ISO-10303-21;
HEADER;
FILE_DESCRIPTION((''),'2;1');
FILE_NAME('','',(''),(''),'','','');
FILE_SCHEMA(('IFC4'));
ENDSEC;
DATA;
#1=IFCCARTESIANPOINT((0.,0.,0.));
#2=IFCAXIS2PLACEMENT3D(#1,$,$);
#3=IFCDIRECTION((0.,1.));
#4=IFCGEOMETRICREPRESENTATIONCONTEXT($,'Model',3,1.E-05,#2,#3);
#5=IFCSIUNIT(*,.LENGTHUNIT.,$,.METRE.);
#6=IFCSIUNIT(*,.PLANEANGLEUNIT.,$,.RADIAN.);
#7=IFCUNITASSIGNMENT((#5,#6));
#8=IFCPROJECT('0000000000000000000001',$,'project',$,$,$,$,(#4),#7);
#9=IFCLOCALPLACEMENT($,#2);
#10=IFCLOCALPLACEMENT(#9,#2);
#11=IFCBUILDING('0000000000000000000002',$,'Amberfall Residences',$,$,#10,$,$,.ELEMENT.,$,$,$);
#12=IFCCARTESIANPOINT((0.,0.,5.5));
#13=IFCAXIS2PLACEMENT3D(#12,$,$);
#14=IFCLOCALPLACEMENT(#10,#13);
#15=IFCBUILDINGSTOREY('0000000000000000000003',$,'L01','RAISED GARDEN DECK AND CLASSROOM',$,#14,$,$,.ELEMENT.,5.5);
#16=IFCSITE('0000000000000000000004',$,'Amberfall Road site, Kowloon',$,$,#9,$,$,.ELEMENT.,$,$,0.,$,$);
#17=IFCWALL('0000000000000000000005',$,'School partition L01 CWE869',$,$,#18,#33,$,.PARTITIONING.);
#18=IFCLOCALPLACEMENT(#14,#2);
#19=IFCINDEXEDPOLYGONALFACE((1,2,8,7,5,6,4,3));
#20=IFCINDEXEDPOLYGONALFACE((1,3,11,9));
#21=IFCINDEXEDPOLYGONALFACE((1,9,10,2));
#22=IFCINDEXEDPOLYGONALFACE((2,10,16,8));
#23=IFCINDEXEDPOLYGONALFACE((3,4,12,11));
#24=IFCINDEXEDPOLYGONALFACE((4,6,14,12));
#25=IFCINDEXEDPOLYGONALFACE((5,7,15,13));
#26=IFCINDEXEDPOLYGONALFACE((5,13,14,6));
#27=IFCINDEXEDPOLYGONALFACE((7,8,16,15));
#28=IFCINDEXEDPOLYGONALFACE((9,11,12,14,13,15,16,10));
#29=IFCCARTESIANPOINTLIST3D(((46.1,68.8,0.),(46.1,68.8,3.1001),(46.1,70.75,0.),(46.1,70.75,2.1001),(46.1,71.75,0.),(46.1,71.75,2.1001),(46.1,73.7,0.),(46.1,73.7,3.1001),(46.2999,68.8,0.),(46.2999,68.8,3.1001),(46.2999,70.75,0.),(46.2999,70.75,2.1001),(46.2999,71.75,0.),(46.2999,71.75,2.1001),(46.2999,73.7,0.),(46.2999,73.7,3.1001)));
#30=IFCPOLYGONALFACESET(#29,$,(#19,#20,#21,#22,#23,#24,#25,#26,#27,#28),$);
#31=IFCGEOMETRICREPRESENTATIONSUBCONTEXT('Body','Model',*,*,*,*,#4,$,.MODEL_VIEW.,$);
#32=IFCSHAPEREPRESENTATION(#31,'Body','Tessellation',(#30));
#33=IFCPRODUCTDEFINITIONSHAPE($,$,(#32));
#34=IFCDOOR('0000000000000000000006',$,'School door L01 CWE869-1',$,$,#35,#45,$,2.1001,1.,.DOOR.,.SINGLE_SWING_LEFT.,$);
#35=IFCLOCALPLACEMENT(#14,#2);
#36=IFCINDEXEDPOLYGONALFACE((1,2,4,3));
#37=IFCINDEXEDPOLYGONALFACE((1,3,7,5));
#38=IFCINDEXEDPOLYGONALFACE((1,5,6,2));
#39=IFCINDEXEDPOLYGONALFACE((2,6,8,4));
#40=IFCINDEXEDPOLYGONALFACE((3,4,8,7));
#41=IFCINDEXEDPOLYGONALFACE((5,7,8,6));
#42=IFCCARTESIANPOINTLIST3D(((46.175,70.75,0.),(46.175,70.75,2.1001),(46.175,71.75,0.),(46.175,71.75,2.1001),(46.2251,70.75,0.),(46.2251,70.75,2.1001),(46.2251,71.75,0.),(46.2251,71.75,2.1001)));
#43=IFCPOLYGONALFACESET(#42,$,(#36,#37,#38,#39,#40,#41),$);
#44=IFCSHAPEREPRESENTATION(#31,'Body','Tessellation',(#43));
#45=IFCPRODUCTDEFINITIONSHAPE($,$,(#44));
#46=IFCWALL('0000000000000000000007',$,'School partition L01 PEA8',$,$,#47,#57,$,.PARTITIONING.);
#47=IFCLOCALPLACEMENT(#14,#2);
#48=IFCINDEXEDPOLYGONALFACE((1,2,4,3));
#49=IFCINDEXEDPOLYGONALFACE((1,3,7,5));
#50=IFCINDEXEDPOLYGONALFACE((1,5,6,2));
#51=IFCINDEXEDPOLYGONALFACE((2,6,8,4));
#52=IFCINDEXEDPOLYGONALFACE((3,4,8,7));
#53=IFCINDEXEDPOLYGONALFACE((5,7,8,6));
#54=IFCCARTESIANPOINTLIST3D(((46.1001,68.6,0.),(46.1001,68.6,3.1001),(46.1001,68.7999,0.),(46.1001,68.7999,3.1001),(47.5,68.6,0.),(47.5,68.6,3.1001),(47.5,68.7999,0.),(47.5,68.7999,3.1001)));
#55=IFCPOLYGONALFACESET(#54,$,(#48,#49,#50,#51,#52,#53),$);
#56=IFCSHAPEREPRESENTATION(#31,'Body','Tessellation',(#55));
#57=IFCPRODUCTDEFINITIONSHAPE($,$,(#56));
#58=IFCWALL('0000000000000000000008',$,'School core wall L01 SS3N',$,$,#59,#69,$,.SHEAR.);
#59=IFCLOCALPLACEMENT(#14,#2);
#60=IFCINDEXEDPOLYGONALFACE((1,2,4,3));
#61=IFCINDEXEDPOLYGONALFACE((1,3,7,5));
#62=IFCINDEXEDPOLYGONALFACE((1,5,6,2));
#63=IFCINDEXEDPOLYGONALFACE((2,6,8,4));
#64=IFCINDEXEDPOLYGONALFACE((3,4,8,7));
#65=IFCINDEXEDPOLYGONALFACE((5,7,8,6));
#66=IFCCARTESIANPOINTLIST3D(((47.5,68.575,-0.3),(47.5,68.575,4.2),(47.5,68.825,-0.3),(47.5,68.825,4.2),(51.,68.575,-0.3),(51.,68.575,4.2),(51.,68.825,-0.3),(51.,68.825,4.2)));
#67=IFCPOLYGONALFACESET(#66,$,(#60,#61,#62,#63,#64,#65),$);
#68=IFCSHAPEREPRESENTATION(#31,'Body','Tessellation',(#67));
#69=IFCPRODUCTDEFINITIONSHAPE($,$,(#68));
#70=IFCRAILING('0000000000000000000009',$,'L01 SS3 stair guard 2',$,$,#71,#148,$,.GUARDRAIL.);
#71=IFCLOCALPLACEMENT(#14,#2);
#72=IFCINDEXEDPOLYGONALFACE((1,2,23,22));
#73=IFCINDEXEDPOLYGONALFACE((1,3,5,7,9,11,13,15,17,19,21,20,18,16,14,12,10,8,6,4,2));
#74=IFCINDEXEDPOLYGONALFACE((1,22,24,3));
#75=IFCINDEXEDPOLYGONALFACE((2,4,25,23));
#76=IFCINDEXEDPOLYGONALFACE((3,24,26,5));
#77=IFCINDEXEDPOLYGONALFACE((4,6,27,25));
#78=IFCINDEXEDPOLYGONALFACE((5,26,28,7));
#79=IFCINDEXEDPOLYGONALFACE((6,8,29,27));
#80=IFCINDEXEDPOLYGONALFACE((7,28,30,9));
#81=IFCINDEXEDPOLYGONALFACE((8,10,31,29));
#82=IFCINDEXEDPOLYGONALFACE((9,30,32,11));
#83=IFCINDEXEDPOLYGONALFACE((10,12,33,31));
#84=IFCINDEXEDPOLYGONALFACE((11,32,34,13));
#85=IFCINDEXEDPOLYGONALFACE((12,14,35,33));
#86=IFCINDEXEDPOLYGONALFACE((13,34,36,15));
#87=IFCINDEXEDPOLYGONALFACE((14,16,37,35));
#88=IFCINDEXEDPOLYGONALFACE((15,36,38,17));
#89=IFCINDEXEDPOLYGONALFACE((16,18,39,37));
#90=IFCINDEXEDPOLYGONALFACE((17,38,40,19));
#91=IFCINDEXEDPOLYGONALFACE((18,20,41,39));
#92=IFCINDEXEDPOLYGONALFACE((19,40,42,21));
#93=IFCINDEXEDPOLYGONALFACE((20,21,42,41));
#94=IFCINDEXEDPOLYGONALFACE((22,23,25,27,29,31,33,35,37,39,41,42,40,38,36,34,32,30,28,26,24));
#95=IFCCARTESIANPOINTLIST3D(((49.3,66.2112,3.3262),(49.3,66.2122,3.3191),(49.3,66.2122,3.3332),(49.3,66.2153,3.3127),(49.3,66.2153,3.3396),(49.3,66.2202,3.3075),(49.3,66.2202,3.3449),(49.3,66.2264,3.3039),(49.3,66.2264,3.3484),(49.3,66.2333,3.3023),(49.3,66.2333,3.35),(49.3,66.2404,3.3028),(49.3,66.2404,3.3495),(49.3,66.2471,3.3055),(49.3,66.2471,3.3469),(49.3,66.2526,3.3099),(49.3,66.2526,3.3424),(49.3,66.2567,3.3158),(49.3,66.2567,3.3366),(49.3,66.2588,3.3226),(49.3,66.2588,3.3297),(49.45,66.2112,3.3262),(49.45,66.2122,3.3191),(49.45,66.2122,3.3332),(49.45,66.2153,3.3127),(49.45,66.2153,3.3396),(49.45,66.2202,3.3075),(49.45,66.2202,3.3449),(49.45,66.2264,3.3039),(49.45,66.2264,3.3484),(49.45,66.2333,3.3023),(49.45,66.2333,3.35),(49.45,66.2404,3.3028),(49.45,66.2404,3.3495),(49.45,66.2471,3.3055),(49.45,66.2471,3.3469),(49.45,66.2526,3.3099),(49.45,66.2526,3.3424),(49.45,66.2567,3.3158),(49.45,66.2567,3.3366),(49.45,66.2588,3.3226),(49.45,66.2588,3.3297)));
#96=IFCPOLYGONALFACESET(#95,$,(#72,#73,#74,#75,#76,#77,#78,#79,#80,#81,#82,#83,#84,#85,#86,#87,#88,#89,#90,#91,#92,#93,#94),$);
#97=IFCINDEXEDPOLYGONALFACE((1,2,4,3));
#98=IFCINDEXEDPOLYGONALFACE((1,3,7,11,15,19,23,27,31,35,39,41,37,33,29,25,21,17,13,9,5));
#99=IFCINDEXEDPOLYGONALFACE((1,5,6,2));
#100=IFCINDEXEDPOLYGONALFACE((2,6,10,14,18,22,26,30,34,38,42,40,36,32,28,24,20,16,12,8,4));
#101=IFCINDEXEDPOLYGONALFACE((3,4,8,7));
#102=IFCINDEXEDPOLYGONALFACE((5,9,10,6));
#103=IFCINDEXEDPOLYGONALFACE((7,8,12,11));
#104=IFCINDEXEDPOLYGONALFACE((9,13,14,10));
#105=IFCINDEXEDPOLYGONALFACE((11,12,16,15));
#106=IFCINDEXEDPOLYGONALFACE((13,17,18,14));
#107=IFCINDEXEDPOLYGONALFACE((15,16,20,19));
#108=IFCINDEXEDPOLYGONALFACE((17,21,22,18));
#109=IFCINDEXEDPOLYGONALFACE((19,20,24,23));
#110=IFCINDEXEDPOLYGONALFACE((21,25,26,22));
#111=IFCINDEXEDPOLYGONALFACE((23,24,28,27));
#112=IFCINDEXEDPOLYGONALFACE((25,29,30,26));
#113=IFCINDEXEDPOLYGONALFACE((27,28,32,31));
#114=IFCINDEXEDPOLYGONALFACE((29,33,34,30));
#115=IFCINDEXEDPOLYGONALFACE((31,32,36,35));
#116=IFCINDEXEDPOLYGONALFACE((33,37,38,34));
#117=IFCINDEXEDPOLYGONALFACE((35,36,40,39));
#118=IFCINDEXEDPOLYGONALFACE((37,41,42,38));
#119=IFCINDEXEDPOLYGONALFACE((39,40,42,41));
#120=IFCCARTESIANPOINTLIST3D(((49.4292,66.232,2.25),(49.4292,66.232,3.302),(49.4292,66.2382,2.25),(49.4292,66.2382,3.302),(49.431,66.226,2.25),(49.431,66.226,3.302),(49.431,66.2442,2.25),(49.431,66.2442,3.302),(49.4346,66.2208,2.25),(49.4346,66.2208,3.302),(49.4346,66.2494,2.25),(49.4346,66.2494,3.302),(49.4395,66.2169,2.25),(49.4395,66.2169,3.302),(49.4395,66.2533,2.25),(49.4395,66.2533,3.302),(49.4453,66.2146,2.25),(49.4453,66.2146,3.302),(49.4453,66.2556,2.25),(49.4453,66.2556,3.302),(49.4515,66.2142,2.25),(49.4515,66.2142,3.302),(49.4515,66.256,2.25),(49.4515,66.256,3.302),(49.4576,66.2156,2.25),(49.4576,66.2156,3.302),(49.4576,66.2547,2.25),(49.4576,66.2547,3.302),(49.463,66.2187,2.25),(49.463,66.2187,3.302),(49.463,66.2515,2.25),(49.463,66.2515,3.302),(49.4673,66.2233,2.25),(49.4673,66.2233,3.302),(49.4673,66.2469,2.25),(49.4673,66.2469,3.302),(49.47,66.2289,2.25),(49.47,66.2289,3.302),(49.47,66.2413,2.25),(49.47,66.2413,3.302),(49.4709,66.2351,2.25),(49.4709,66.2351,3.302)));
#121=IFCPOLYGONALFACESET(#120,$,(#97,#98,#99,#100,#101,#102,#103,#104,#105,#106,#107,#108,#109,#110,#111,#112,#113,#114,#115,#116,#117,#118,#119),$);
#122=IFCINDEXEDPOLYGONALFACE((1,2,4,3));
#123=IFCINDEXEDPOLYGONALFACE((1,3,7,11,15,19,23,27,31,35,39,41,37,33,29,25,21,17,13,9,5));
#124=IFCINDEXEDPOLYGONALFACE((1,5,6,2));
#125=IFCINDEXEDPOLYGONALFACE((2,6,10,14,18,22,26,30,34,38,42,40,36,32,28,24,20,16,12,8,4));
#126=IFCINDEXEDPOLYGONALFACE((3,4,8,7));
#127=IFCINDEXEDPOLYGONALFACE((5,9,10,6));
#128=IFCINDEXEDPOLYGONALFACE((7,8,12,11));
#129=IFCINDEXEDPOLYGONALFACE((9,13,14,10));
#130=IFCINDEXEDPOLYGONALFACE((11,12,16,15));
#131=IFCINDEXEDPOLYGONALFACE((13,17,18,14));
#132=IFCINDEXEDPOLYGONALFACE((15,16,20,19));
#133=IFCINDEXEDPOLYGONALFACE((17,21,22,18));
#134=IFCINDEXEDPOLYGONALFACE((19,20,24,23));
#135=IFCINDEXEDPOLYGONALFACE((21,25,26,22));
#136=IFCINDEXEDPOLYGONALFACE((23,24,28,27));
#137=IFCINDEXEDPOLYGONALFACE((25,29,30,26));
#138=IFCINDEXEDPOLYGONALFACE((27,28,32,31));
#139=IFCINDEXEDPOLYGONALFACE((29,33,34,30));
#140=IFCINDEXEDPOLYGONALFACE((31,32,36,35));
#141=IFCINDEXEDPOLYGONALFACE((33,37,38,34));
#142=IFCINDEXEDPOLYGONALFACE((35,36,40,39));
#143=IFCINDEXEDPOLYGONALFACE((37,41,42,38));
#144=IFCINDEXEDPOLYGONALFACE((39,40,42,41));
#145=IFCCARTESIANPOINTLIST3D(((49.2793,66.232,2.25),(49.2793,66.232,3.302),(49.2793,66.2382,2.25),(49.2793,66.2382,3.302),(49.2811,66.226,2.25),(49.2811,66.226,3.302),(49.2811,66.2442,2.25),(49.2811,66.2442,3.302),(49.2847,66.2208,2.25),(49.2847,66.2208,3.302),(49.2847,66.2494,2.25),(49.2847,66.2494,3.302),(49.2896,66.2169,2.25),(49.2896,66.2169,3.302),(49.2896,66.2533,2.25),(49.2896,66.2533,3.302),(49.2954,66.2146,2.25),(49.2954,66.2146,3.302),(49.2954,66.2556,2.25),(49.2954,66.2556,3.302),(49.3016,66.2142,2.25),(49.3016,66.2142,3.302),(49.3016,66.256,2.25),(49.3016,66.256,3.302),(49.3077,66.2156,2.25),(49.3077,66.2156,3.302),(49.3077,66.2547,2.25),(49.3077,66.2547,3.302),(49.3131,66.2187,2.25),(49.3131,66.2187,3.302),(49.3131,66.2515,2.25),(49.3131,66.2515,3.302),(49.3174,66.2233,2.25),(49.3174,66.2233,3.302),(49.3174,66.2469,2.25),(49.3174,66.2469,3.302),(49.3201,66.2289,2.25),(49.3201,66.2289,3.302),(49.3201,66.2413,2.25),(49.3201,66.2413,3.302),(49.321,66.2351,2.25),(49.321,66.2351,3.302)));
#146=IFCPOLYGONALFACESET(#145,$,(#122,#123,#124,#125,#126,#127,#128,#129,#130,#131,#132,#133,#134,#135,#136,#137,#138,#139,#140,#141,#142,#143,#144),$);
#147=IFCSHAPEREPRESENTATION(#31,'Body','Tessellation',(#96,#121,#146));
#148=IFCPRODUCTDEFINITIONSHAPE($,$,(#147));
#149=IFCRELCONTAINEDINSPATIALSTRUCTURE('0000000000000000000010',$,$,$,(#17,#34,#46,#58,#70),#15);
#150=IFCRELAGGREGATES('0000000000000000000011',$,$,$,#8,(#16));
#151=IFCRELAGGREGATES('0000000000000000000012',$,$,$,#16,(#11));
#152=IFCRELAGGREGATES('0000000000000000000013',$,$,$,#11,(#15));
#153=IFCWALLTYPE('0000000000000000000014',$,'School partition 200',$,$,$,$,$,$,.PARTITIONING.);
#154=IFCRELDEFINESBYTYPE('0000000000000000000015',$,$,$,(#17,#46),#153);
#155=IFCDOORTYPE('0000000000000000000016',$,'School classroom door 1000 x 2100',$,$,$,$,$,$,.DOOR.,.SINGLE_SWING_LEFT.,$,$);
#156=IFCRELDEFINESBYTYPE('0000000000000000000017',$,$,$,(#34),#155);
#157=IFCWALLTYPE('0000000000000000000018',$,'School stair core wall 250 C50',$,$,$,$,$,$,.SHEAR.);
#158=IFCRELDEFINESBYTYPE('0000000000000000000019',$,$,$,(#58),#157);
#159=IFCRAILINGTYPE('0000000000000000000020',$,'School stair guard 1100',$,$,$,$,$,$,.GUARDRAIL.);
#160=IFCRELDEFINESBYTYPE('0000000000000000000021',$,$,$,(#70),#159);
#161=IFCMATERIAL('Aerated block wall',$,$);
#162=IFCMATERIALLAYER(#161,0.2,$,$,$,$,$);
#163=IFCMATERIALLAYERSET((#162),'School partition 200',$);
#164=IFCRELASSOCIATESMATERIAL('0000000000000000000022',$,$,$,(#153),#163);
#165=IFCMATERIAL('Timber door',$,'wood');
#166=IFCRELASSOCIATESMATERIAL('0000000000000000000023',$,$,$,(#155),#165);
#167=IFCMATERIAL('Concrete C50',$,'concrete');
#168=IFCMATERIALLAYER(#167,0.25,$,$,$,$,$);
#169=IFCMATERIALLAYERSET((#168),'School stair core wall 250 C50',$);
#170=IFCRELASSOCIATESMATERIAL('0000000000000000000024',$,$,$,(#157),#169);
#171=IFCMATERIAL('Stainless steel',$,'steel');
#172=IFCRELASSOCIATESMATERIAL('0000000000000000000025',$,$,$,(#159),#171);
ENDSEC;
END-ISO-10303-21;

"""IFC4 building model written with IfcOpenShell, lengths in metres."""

from ifc_helpers import new_model, si_unit, direction, frame, frame_2d, origin, origin_2d, place, context, subcontext, project, spatial, rectangle, circle, extrude, material, layer, layer_set, type_object, element, fill, save


model = new_model("IFC4")

# Units and contexts
model_context = context("Model", 3, precision=1e-05, world=origin(), true_north=direction((0.0, 1.0)))
body_context = subcontext(model_context, "Body", "Model", "MODEL_VIEW")
ifc_project = project(units=[si_unit("LENGTHUNIT", "METRE"), si_unit("PLANEANGLEUNIT", "RADIAN")], contexts=[model_context])

# Site, building, storey
site_placement = place(None, origin())
site = spatial("IfcSite", under=ifc_project, at=site_placement, Name="Amberfall Road site, Kowloon", CompositionType="ELEMENT", RefElevation=0.0)
building_placement = place(site_placement, origin())
building = spatial("IfcBuilding", under=site, at=building_placement, Name="Amberfall Residences", CompositionType="ELEMENT")
storey_placement = place(building_placement, frame((0.0, 0.0, 5.5)))
storey = spatial("IfcBuildingStorey", under=building, at=storey_placement, Name="L01", Description="RAISED GARDEN DECK AND CLASSROOM", CompositionType="ELEMENT", Elevation=5.5)

# Shared definitions
ifc_material_1 = material(Name="Concrete C50", Category="concrete")

# Shared definitions
ifc_material_2 = material(Name="Aerated block wall")

# Shared definitions
ifc_layer_1 = layer(ifc_material_2, 0.2)
ifc_layer_set_1 = layer_set([ifc_layer_1], Name="School partition 200")
wall_type_1 = type_object("IfcWallType", Name="School partition 200", PredefinedType="PARTITIONING", material=ifc_layer_set_1)
ifc_material_3 = material(Name="Timber door", Category="wood")
door_type = type_object("IfcDoorType", Name="School classroom door 1000 x 2100", OperationType="SINGLE_SWING_LEFT", PredefinedType="DOOR", material=ifc_material_3)

# Wall, opening, door
wall_1_placement = place(storey_placement, frame((46.2, 68.8, 0.0), z_axis=(0.0, 0.0, 1.0), x_axis=(0.0, 1.0, 0.0)))
wall_1 = element("IfcWall", 1, at=wall_1_placement, inside=storey, type_object=wall_type_1, Name="School partition L01 CWE869", PredefinedType="PARTITIONING", context=body_context, shape_type="SweptSolid", body=[
    extrude(rectangle(XDim=4.8999, YDim=0.2, at=frame_2d((2.45, 0.0))), origin(), (0.0, 0.0, 1.0), 3.1001),
])
opening_1_placement = place(wall_1_placement, frame((1.95, 0.0, 0.0)))
opening_1 = element("IfcOpeningElement", 2, at=opening_1_placement, cuts=wall_1, PredefinedType="OPENING", context=body_context, shape_type="SweptSolid", body=[
    extrude(rectangle(XDim=1.0, YDim=2.1001, at=frame_2d((0.5, 1.05))), frame((0.0, 0.1099, 0.0), z_axis=(0.0, -1.0, 0.0), x_axis=(1.0, 0.0, 0.0)), (0.0, 0.0, 1.0), 0.22),
])
door_1_placement = place(opening_1_placement, origin())
door_1 = element("IfcDoor", 3, at=door_1_placement, inside=storey, type_object=door_type, Name="School door L01 CWE869-1", OperationType="SINGLE_SWING_LEFT", OverallHeight=2.1001, OverallWidth=1.0, PredefinedType="DOOR", context=body_context, shape_type="SweptSolid", body=[
    extrude(rectangle(XDim=1.0, YDim=2.1001, at=frame_2d((0.5, 1.05))), frame((0.0, 0.0249, 0.0), z_axis=(0.0, -1.0, 0.0), x_axis=(1.0, 0.0, 0.0)), (0.0, 0.0, 1.0), 0.05),
])
fill(opening_1, door_1)

# Walls
wall_2_placement = place(storey_placement, frame((46.1001, 68.7, 0.0), z_axis=(0.0, 0.0, 1.0), x_axis=(1.0, 0.0, 0.0)))
element("IfcWall", 4, at=wall_2_placement, inside=storey, type_object=wall_type_1, Name="School partition L01 PEA8", PredefinedType="PARTITIONING", context=body_context, shape_type="SweptSolid", body=[
    extrude(rectangle(XDim=1.3999, YDim=0.2, at=frame_2d((0.7, 0.0))), origin(), (0.0, 0.0, 1.0), 3.1001),
])
ifc_layer_2 = layer(ifc_material_1, 0.25)
ifc_layer_set_2 = layer_set([ifc_layer_2], Name="School stair core wall 250 C50")
wall_type_2 = type_object("IfcWallType", Name="School stair core wall 250 C50", PredefinedType="SHEAR", material=ifc_layer_set_2)
wall_3_placement = place(storey_placement, frame((47.5, 68.7, -0.3), z_axis=(0.0, 0.0, 1.0), x_axis=(1.0, 0.0, 0.0)))
element("IfcWall", 5, at=wall_3_placement, inside=storey, type_object=wall_type_2, Name="School core wall L01 SS3N", PredefinedType="SHEAR", context=body_context, shape_type="SweptSolid", body=[
    extrude(rectangle(XDim=3.5, YDim=0.25, at=frame_2d((1.75, 0.0))), origin(), (0.0, 0.0, 1.0), 4.5),
])

# Railing
ifc_material_4 = material(Name="Stainless steel", Category="steel")
railing_type = type_object("IfcRailingType", Name="School stair guard 1100", PredefinedType="GUARDRAIL", material=ifc_material_4)
railing_1_placement = place(storey_placement, frame((49.45, 66.2351, 2.25)))
element("IfcRailing", 6, at=railing_1_placement, inside=storey, type_object=railing_type, Name="L01 SS3 stair guard 2", PredefinedType="GUARDRAIL", context=body_context, shape_type="SweptSolid", body=[
    extrude(circle(Radius=0.0239, at=origin_2d()), frame((0.0, 0.0, 1.0762), z_axis=(-1.0, 0.0, 0.0), x_axis=(0.0, -1.0, 0.0)), (0.0, 0.0, 1.0), 0.1499),
    extrude(circle(Radius=0.021, at=origin_2d()), origin(), (0.0, 0.0, 1.0), 1.052),
    extrude(circle(Radius=0.021, at=origin_2d()), frame((-0.1499, 0.0, 0.0)), (0.0, 0.0, 1.0), 1.052),
])

save(model, "model.ifc")
